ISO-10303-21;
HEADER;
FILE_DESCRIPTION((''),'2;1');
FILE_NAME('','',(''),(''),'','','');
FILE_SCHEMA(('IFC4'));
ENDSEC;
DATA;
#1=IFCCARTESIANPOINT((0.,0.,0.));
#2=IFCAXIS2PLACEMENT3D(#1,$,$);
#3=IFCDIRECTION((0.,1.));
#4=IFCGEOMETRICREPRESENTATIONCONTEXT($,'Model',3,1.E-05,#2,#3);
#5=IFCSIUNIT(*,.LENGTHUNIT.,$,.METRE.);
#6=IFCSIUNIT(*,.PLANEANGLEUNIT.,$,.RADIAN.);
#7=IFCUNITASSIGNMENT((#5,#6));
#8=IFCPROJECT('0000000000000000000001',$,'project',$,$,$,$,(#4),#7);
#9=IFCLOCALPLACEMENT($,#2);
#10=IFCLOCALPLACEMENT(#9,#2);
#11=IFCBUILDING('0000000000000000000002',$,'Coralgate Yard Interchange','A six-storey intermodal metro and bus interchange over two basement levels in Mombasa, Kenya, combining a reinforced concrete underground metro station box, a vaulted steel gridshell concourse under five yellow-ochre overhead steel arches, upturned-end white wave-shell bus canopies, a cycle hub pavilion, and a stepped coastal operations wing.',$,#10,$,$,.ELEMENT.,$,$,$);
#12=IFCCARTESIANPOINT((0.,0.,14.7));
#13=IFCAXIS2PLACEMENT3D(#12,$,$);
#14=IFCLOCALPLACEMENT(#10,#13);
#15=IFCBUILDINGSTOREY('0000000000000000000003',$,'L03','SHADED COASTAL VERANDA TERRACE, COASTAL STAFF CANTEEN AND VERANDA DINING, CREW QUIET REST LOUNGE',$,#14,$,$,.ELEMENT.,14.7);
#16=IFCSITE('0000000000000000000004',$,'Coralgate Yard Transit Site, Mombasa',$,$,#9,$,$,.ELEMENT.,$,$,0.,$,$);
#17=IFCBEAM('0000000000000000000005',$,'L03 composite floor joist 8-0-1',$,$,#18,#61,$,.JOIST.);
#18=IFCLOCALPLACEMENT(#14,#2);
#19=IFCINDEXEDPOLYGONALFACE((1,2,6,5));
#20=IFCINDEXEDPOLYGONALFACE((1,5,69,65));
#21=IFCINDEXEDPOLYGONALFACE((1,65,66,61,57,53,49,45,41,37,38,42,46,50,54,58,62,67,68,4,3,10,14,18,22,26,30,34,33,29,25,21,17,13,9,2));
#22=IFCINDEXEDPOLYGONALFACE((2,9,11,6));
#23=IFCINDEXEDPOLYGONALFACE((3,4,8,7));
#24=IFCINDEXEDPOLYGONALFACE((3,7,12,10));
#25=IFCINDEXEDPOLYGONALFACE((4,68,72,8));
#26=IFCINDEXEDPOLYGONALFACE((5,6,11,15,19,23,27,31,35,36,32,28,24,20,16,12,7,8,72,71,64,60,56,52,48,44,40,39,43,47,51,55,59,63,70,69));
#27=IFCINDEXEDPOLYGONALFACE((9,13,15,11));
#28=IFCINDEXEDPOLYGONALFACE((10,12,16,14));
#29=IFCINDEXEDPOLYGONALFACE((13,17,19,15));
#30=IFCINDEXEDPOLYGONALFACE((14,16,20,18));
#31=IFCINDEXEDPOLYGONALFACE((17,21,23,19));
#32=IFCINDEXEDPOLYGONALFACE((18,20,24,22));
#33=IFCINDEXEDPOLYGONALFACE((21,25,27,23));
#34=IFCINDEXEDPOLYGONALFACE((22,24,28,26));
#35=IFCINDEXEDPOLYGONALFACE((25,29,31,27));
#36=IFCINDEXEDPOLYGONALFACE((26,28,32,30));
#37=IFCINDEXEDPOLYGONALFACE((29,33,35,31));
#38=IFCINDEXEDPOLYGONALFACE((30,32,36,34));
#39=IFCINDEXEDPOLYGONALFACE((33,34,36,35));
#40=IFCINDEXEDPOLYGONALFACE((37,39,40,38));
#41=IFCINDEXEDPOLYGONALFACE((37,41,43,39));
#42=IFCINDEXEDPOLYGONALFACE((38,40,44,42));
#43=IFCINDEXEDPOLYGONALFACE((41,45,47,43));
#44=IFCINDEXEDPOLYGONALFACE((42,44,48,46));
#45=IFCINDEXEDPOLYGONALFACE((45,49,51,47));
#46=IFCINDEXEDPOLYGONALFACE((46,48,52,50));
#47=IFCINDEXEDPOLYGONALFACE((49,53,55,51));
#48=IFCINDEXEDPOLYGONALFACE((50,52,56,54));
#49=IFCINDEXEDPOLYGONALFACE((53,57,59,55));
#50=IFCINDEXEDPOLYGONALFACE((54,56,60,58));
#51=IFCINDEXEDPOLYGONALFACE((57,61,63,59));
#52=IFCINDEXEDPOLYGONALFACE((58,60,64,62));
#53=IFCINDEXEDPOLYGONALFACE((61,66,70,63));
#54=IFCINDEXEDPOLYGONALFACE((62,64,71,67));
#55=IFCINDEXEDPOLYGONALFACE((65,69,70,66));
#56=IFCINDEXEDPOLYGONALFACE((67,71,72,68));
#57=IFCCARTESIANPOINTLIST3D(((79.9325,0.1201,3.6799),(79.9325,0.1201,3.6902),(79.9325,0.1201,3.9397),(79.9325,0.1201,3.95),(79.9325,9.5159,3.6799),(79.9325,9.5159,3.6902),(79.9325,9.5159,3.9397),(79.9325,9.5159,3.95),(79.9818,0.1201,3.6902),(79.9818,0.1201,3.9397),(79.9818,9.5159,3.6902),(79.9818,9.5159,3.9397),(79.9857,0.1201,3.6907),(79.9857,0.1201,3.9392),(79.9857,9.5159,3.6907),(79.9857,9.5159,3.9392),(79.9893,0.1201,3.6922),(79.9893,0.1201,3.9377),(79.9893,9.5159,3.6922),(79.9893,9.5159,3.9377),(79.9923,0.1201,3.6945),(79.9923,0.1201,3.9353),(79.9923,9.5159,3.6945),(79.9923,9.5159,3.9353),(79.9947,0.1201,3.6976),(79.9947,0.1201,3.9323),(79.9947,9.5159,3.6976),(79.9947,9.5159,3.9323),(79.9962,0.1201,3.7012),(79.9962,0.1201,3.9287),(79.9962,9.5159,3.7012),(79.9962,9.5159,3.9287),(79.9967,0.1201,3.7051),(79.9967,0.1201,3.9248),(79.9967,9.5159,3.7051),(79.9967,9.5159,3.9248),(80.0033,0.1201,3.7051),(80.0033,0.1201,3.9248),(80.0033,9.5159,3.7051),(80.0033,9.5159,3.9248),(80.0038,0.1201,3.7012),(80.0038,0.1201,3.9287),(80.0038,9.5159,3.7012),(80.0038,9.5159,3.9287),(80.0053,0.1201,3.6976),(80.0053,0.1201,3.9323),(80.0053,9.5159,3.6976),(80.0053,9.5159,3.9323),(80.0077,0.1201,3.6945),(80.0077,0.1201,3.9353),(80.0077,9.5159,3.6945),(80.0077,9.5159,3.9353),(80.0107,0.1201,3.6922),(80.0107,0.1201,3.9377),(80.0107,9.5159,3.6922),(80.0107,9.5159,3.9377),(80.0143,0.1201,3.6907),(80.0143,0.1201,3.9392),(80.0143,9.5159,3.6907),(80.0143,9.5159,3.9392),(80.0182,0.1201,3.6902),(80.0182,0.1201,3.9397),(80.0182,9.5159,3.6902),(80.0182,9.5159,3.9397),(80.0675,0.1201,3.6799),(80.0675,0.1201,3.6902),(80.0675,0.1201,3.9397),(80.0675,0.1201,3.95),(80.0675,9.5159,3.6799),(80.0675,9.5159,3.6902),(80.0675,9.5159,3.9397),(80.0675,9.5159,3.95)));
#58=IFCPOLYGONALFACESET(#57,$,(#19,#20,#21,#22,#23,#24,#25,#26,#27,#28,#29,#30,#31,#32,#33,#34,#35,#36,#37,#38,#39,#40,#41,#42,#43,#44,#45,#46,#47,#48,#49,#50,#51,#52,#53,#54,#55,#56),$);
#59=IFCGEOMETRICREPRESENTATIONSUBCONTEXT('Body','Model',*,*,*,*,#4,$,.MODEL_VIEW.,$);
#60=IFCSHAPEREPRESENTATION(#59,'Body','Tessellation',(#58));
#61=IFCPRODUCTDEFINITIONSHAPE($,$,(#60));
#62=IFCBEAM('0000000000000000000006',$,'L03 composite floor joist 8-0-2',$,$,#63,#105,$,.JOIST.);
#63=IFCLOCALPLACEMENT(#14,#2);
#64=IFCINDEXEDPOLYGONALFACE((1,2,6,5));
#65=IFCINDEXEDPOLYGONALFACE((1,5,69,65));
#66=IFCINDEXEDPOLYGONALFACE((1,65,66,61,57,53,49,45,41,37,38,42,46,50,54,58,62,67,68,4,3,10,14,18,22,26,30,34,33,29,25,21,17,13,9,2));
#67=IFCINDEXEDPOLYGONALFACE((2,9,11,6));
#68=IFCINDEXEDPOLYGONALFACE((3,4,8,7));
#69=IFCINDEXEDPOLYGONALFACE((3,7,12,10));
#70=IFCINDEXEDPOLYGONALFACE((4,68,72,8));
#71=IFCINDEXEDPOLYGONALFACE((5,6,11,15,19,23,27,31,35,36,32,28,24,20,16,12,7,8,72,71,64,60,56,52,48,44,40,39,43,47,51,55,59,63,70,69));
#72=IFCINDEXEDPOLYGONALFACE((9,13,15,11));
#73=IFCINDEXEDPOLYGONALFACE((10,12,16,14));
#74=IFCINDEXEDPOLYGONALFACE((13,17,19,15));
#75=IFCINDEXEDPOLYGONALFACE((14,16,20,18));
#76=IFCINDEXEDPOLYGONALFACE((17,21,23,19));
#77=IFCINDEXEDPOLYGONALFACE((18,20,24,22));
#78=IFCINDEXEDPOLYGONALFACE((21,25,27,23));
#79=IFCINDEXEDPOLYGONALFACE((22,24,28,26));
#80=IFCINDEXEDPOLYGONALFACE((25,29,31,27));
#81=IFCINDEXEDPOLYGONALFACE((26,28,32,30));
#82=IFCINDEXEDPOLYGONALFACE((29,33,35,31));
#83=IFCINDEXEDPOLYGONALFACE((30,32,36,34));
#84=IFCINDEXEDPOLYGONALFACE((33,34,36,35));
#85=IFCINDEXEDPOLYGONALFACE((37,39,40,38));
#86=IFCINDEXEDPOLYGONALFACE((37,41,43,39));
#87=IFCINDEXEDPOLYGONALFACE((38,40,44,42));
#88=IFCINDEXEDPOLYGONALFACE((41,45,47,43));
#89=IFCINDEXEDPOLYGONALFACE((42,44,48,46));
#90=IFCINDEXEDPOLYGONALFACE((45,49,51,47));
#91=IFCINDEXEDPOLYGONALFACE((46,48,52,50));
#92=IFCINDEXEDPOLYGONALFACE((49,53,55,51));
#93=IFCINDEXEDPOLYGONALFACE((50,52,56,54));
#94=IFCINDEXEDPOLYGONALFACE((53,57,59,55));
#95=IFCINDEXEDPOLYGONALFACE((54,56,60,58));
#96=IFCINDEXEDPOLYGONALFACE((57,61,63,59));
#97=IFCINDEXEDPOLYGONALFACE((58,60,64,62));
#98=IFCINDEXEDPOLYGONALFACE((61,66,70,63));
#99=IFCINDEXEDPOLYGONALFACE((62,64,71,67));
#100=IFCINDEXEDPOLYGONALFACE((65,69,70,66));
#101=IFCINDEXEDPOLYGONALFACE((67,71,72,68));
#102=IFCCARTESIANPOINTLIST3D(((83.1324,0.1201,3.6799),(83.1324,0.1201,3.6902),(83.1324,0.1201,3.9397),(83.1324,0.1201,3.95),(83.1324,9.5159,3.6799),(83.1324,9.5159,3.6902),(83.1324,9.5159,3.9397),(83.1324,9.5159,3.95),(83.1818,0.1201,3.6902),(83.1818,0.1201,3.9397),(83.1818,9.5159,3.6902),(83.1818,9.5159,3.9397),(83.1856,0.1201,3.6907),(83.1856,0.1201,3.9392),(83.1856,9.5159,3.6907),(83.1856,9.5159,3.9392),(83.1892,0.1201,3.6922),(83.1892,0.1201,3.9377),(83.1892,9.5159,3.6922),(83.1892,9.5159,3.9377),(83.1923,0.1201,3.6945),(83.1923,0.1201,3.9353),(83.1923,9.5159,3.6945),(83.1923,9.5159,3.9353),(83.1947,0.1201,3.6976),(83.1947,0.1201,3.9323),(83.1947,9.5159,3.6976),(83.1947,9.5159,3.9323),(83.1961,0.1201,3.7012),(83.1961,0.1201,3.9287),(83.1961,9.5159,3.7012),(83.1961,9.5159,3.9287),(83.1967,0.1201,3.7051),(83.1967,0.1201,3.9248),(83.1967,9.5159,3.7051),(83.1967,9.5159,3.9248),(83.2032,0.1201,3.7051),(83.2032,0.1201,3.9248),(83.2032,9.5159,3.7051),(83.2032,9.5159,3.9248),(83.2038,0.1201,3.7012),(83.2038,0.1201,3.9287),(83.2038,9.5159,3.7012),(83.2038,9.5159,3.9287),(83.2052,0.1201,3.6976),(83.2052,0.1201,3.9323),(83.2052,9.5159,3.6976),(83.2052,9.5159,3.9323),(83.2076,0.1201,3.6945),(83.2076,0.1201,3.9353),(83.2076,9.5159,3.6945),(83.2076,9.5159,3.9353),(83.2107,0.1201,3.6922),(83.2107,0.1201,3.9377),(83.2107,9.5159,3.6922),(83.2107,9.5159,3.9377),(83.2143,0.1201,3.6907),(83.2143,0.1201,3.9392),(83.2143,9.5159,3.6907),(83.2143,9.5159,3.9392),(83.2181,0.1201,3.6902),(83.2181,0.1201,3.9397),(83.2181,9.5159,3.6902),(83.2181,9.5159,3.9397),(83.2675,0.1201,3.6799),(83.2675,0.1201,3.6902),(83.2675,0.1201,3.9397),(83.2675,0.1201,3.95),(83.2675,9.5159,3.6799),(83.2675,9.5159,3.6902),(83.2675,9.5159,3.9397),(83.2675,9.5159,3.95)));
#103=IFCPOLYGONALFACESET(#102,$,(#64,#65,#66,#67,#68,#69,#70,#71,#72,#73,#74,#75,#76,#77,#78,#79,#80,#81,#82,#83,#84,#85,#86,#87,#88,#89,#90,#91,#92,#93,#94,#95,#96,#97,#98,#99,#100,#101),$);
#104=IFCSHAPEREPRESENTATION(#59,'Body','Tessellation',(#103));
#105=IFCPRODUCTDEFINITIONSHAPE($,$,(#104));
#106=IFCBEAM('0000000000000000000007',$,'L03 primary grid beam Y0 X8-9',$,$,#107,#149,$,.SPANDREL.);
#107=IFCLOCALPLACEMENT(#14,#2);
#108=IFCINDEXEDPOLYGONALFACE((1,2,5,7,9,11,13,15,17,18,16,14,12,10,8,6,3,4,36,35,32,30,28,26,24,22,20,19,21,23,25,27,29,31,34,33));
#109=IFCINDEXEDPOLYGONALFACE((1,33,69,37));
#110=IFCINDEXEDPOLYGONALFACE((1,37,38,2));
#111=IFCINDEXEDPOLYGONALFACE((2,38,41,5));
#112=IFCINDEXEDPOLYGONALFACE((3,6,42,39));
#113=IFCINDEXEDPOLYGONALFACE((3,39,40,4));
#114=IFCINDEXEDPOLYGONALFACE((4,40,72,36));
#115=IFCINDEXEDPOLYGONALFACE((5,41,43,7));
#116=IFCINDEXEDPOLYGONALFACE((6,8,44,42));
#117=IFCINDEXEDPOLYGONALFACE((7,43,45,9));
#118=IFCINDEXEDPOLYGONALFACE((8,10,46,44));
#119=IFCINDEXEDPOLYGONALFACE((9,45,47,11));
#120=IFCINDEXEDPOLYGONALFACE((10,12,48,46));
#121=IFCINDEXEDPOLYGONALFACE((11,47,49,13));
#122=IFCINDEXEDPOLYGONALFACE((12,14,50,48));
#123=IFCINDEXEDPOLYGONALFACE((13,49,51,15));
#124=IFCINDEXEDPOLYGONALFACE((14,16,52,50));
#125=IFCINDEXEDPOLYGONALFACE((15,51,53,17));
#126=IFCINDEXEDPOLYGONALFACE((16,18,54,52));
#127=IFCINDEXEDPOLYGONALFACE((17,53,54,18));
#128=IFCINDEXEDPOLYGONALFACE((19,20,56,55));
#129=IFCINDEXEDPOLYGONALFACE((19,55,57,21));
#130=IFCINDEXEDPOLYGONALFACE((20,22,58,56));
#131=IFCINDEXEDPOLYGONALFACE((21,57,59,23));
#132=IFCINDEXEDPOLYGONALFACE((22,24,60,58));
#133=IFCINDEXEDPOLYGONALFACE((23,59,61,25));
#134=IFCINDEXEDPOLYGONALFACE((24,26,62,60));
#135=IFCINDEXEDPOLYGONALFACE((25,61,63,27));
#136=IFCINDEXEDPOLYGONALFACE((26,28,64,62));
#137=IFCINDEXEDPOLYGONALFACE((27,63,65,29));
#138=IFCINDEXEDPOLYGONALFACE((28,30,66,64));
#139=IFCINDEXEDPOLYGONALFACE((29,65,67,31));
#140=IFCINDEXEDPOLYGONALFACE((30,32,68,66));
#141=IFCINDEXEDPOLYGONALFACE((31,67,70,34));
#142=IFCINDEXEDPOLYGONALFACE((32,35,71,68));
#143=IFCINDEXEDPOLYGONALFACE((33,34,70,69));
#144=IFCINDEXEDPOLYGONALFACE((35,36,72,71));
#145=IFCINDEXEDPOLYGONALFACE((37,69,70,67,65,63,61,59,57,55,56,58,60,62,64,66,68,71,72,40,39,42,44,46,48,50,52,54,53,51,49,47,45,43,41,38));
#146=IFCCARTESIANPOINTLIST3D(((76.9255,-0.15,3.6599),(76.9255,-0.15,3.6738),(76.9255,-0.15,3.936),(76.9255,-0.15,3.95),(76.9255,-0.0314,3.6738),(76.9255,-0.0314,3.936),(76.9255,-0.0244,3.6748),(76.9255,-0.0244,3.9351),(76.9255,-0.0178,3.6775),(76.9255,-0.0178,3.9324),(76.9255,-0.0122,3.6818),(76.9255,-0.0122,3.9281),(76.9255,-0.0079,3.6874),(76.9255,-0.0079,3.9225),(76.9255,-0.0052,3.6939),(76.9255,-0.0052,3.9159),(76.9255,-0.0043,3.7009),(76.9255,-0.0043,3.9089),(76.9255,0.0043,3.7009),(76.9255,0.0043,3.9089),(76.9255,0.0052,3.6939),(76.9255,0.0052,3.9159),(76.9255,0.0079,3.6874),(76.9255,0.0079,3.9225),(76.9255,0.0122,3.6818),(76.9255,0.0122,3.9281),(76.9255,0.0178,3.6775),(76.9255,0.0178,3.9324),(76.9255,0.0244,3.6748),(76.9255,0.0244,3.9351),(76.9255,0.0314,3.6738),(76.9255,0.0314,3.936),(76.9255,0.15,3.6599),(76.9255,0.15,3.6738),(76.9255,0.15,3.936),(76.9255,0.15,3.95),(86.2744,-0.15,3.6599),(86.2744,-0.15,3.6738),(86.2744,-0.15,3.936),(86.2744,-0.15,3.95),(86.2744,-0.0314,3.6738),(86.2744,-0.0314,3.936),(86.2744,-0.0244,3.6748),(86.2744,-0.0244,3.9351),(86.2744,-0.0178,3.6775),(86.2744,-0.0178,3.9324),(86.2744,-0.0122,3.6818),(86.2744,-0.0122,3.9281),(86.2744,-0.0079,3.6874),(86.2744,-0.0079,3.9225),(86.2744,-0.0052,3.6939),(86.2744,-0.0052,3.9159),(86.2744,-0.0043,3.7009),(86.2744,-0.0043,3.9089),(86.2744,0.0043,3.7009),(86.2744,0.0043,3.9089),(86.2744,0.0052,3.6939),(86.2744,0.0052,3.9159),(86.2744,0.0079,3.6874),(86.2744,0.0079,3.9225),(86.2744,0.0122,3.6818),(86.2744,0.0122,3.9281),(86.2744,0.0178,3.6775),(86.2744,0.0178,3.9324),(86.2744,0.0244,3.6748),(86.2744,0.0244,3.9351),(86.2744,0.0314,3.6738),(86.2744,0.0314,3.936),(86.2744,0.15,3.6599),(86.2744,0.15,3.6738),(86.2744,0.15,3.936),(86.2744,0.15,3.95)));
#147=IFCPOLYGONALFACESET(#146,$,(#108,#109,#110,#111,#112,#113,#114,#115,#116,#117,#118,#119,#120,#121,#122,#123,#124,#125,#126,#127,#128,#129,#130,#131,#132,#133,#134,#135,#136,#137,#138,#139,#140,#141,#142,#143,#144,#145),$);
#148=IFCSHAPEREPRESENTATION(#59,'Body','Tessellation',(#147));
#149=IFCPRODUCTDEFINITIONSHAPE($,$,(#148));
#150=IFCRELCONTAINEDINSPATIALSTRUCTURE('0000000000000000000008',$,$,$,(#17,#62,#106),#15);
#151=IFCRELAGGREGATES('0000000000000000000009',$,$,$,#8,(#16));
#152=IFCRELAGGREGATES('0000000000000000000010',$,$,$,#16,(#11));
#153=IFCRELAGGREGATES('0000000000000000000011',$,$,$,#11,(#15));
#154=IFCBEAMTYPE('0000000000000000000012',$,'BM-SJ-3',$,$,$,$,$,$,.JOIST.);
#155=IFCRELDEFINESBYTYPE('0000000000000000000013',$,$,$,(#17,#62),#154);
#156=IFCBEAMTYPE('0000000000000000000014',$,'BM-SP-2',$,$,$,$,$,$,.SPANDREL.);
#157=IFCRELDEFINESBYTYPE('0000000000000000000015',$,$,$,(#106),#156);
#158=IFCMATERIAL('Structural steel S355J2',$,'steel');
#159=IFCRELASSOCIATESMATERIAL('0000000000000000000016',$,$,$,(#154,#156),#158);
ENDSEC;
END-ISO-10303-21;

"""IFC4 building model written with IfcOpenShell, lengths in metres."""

from ifc_helpers import new_model, si_unit, direction, frame, origin, origin_2d, place, context, subcontext, project, spatial, i_section, extrude, material, material_profile, profile_set, type_object, element, save


model = new_model("IFC4")

# Units and contexts
model_context = context("Model", 3, precision=1e-05, world=origin(), true_north=direction((0.0, 1.0)))
body_context = subcontext(model_context, "Body", "Model", "MODEL_VIEW")
ifc_project = project(units=[si_unit("LENGTHUNIT", "METRE"), si_unit("PLANEANGLEUNIT", "RADIAN")], contexts=[model_context])

# Site, building, storey
site_placement = place(None, origin())
site = spatial("IfcSite", under=ifc_project, at=site_placement, Name="Coralgate Yard Transit Site, Mombasa", CompositionType="ELEMENT", RefElevation=0.0)
building_placement = place(site_placement, origin())
building = spatial("IfcBuilding", under=site, at=building_placement, Name="Coralgate Yard Interchange", Description="A six-storey intermodal metro and bus interchange over two basement levels in Mombasa, Kenya, combining a reinforced concrete underground metro station box, a vaulted steel gridshell concourse under five yellow-ochre overhead steel arches, upturned-end white wave-shell bus canopies, a cycle hub pavilion, and a stepped coastal operations wing.", CompositionType="ELEMENT")
storey_placement = place(building_placement, frame((0.0, 0.0, 14.7)))
storey = spatial("IfcBuildingStorey", under=building, at=storey_placement, Name="L03", Description="SHADED COASTAL VERANDA TERRACE, COASTAL STAFF CANTEEN AND VERANDA DINING, CREW QUIET REST LOUNGE", CompositionType="ELEMENT", Elevation=14.7)

# Shared definitions
ifc_material_1 = material(Name="Structural steel S355J2", Category="steel")

# Beams
ifc_material_profile_1 = material_profile(ifc_material_1, i_section(OverallWidth=0.135, OverallDepth=0.27, WebThickness=0.0066, FlangeThickness=0.0103, FilletRadius=0.0149, at=origin_2d()), Name="IPE 270")
ifc_profile_set_1 = profile_set([ifc_material_profile_1], Name="Structural steel S355J2")
beam_type_1 = type_object("IfcBeamType", Name="BM-SJ-3", PredefinedType="JOIST", material=ifc_profile_set_1)
for number, where, z_axis, x_axis, name in (
    (1, (80.0, 0.1201, 3.8149), (0.0, 1.0, 0.0), (-1.0, 0.0, 0.0), "L03 composite floor joist 8-0-1"),
    (2, (83.2, 0.1201, 3.8149), (0.0, 1.0, 0.0), (-1.0, 0.0, 0.0), "L03 composite floor joist 8-0-2"),
):
    element("IfcBeam", number, at=place(storey_placement, frame(where, z_axis=z_axis, x_axis=x_axis)), inside=storey, type_object=beam_type_1, Name=name, PredefinedType="JOIST", context=body_context, shape_type="SweptSolid", body=[
        extrude(i_section(OverallWidth=0.135, OverallDepth=0.27, WebThickness=0.0066, FlangeThickness=0.0103, FilletRadius=0.0149, at=origin_2d()), origin(), (0.0, 0.0, 1.0), 9.3958),
    ])
ifc_material_profile_2 = material_profile(ifc_material_1, i_section(OverallWidth=0.3, OverallDepth=0.29, WebThickness=0.0085, FlangeThickness=0.0139, FilletRadius=0.0271, at=origin_2d()), Name="HEA 300")
ifc_profile_set_2 = profile_set([ifc_material_profile_2], Name="Structural steel S355J2")
beam_type_2 = type_object("IfcBeamType", Name="BM-SP-2", PredefinedType="SPANDREL", material=ifc_profile_set_2)
beam_placement = place(storey_placement, frame((76.9255, 0.0, 3.8049), z_axis=(1.0, 0.0, 0.0), x_axis=(0.0, 1.0, 0.0)))
element("IfcBeam", 3, at=beam_placement, inside=storey, type_object=beam_type_2, Name="L03 primary grid beam Y0 X8-9", PredefinedType="SPANDREL", context=body_context, shape_type="SweptSolid", body=[
    extrude(i_section(OverallWidth=0.3, OverallDepth=0.29, WebThickness=0.0085, FlangeThickness=0.0139, FilletRadius=0.0271, at=origin_2d()), origin(), (0.0, 0.0, 1.0), 9.3489),
])

save(model, "model.ifc")
